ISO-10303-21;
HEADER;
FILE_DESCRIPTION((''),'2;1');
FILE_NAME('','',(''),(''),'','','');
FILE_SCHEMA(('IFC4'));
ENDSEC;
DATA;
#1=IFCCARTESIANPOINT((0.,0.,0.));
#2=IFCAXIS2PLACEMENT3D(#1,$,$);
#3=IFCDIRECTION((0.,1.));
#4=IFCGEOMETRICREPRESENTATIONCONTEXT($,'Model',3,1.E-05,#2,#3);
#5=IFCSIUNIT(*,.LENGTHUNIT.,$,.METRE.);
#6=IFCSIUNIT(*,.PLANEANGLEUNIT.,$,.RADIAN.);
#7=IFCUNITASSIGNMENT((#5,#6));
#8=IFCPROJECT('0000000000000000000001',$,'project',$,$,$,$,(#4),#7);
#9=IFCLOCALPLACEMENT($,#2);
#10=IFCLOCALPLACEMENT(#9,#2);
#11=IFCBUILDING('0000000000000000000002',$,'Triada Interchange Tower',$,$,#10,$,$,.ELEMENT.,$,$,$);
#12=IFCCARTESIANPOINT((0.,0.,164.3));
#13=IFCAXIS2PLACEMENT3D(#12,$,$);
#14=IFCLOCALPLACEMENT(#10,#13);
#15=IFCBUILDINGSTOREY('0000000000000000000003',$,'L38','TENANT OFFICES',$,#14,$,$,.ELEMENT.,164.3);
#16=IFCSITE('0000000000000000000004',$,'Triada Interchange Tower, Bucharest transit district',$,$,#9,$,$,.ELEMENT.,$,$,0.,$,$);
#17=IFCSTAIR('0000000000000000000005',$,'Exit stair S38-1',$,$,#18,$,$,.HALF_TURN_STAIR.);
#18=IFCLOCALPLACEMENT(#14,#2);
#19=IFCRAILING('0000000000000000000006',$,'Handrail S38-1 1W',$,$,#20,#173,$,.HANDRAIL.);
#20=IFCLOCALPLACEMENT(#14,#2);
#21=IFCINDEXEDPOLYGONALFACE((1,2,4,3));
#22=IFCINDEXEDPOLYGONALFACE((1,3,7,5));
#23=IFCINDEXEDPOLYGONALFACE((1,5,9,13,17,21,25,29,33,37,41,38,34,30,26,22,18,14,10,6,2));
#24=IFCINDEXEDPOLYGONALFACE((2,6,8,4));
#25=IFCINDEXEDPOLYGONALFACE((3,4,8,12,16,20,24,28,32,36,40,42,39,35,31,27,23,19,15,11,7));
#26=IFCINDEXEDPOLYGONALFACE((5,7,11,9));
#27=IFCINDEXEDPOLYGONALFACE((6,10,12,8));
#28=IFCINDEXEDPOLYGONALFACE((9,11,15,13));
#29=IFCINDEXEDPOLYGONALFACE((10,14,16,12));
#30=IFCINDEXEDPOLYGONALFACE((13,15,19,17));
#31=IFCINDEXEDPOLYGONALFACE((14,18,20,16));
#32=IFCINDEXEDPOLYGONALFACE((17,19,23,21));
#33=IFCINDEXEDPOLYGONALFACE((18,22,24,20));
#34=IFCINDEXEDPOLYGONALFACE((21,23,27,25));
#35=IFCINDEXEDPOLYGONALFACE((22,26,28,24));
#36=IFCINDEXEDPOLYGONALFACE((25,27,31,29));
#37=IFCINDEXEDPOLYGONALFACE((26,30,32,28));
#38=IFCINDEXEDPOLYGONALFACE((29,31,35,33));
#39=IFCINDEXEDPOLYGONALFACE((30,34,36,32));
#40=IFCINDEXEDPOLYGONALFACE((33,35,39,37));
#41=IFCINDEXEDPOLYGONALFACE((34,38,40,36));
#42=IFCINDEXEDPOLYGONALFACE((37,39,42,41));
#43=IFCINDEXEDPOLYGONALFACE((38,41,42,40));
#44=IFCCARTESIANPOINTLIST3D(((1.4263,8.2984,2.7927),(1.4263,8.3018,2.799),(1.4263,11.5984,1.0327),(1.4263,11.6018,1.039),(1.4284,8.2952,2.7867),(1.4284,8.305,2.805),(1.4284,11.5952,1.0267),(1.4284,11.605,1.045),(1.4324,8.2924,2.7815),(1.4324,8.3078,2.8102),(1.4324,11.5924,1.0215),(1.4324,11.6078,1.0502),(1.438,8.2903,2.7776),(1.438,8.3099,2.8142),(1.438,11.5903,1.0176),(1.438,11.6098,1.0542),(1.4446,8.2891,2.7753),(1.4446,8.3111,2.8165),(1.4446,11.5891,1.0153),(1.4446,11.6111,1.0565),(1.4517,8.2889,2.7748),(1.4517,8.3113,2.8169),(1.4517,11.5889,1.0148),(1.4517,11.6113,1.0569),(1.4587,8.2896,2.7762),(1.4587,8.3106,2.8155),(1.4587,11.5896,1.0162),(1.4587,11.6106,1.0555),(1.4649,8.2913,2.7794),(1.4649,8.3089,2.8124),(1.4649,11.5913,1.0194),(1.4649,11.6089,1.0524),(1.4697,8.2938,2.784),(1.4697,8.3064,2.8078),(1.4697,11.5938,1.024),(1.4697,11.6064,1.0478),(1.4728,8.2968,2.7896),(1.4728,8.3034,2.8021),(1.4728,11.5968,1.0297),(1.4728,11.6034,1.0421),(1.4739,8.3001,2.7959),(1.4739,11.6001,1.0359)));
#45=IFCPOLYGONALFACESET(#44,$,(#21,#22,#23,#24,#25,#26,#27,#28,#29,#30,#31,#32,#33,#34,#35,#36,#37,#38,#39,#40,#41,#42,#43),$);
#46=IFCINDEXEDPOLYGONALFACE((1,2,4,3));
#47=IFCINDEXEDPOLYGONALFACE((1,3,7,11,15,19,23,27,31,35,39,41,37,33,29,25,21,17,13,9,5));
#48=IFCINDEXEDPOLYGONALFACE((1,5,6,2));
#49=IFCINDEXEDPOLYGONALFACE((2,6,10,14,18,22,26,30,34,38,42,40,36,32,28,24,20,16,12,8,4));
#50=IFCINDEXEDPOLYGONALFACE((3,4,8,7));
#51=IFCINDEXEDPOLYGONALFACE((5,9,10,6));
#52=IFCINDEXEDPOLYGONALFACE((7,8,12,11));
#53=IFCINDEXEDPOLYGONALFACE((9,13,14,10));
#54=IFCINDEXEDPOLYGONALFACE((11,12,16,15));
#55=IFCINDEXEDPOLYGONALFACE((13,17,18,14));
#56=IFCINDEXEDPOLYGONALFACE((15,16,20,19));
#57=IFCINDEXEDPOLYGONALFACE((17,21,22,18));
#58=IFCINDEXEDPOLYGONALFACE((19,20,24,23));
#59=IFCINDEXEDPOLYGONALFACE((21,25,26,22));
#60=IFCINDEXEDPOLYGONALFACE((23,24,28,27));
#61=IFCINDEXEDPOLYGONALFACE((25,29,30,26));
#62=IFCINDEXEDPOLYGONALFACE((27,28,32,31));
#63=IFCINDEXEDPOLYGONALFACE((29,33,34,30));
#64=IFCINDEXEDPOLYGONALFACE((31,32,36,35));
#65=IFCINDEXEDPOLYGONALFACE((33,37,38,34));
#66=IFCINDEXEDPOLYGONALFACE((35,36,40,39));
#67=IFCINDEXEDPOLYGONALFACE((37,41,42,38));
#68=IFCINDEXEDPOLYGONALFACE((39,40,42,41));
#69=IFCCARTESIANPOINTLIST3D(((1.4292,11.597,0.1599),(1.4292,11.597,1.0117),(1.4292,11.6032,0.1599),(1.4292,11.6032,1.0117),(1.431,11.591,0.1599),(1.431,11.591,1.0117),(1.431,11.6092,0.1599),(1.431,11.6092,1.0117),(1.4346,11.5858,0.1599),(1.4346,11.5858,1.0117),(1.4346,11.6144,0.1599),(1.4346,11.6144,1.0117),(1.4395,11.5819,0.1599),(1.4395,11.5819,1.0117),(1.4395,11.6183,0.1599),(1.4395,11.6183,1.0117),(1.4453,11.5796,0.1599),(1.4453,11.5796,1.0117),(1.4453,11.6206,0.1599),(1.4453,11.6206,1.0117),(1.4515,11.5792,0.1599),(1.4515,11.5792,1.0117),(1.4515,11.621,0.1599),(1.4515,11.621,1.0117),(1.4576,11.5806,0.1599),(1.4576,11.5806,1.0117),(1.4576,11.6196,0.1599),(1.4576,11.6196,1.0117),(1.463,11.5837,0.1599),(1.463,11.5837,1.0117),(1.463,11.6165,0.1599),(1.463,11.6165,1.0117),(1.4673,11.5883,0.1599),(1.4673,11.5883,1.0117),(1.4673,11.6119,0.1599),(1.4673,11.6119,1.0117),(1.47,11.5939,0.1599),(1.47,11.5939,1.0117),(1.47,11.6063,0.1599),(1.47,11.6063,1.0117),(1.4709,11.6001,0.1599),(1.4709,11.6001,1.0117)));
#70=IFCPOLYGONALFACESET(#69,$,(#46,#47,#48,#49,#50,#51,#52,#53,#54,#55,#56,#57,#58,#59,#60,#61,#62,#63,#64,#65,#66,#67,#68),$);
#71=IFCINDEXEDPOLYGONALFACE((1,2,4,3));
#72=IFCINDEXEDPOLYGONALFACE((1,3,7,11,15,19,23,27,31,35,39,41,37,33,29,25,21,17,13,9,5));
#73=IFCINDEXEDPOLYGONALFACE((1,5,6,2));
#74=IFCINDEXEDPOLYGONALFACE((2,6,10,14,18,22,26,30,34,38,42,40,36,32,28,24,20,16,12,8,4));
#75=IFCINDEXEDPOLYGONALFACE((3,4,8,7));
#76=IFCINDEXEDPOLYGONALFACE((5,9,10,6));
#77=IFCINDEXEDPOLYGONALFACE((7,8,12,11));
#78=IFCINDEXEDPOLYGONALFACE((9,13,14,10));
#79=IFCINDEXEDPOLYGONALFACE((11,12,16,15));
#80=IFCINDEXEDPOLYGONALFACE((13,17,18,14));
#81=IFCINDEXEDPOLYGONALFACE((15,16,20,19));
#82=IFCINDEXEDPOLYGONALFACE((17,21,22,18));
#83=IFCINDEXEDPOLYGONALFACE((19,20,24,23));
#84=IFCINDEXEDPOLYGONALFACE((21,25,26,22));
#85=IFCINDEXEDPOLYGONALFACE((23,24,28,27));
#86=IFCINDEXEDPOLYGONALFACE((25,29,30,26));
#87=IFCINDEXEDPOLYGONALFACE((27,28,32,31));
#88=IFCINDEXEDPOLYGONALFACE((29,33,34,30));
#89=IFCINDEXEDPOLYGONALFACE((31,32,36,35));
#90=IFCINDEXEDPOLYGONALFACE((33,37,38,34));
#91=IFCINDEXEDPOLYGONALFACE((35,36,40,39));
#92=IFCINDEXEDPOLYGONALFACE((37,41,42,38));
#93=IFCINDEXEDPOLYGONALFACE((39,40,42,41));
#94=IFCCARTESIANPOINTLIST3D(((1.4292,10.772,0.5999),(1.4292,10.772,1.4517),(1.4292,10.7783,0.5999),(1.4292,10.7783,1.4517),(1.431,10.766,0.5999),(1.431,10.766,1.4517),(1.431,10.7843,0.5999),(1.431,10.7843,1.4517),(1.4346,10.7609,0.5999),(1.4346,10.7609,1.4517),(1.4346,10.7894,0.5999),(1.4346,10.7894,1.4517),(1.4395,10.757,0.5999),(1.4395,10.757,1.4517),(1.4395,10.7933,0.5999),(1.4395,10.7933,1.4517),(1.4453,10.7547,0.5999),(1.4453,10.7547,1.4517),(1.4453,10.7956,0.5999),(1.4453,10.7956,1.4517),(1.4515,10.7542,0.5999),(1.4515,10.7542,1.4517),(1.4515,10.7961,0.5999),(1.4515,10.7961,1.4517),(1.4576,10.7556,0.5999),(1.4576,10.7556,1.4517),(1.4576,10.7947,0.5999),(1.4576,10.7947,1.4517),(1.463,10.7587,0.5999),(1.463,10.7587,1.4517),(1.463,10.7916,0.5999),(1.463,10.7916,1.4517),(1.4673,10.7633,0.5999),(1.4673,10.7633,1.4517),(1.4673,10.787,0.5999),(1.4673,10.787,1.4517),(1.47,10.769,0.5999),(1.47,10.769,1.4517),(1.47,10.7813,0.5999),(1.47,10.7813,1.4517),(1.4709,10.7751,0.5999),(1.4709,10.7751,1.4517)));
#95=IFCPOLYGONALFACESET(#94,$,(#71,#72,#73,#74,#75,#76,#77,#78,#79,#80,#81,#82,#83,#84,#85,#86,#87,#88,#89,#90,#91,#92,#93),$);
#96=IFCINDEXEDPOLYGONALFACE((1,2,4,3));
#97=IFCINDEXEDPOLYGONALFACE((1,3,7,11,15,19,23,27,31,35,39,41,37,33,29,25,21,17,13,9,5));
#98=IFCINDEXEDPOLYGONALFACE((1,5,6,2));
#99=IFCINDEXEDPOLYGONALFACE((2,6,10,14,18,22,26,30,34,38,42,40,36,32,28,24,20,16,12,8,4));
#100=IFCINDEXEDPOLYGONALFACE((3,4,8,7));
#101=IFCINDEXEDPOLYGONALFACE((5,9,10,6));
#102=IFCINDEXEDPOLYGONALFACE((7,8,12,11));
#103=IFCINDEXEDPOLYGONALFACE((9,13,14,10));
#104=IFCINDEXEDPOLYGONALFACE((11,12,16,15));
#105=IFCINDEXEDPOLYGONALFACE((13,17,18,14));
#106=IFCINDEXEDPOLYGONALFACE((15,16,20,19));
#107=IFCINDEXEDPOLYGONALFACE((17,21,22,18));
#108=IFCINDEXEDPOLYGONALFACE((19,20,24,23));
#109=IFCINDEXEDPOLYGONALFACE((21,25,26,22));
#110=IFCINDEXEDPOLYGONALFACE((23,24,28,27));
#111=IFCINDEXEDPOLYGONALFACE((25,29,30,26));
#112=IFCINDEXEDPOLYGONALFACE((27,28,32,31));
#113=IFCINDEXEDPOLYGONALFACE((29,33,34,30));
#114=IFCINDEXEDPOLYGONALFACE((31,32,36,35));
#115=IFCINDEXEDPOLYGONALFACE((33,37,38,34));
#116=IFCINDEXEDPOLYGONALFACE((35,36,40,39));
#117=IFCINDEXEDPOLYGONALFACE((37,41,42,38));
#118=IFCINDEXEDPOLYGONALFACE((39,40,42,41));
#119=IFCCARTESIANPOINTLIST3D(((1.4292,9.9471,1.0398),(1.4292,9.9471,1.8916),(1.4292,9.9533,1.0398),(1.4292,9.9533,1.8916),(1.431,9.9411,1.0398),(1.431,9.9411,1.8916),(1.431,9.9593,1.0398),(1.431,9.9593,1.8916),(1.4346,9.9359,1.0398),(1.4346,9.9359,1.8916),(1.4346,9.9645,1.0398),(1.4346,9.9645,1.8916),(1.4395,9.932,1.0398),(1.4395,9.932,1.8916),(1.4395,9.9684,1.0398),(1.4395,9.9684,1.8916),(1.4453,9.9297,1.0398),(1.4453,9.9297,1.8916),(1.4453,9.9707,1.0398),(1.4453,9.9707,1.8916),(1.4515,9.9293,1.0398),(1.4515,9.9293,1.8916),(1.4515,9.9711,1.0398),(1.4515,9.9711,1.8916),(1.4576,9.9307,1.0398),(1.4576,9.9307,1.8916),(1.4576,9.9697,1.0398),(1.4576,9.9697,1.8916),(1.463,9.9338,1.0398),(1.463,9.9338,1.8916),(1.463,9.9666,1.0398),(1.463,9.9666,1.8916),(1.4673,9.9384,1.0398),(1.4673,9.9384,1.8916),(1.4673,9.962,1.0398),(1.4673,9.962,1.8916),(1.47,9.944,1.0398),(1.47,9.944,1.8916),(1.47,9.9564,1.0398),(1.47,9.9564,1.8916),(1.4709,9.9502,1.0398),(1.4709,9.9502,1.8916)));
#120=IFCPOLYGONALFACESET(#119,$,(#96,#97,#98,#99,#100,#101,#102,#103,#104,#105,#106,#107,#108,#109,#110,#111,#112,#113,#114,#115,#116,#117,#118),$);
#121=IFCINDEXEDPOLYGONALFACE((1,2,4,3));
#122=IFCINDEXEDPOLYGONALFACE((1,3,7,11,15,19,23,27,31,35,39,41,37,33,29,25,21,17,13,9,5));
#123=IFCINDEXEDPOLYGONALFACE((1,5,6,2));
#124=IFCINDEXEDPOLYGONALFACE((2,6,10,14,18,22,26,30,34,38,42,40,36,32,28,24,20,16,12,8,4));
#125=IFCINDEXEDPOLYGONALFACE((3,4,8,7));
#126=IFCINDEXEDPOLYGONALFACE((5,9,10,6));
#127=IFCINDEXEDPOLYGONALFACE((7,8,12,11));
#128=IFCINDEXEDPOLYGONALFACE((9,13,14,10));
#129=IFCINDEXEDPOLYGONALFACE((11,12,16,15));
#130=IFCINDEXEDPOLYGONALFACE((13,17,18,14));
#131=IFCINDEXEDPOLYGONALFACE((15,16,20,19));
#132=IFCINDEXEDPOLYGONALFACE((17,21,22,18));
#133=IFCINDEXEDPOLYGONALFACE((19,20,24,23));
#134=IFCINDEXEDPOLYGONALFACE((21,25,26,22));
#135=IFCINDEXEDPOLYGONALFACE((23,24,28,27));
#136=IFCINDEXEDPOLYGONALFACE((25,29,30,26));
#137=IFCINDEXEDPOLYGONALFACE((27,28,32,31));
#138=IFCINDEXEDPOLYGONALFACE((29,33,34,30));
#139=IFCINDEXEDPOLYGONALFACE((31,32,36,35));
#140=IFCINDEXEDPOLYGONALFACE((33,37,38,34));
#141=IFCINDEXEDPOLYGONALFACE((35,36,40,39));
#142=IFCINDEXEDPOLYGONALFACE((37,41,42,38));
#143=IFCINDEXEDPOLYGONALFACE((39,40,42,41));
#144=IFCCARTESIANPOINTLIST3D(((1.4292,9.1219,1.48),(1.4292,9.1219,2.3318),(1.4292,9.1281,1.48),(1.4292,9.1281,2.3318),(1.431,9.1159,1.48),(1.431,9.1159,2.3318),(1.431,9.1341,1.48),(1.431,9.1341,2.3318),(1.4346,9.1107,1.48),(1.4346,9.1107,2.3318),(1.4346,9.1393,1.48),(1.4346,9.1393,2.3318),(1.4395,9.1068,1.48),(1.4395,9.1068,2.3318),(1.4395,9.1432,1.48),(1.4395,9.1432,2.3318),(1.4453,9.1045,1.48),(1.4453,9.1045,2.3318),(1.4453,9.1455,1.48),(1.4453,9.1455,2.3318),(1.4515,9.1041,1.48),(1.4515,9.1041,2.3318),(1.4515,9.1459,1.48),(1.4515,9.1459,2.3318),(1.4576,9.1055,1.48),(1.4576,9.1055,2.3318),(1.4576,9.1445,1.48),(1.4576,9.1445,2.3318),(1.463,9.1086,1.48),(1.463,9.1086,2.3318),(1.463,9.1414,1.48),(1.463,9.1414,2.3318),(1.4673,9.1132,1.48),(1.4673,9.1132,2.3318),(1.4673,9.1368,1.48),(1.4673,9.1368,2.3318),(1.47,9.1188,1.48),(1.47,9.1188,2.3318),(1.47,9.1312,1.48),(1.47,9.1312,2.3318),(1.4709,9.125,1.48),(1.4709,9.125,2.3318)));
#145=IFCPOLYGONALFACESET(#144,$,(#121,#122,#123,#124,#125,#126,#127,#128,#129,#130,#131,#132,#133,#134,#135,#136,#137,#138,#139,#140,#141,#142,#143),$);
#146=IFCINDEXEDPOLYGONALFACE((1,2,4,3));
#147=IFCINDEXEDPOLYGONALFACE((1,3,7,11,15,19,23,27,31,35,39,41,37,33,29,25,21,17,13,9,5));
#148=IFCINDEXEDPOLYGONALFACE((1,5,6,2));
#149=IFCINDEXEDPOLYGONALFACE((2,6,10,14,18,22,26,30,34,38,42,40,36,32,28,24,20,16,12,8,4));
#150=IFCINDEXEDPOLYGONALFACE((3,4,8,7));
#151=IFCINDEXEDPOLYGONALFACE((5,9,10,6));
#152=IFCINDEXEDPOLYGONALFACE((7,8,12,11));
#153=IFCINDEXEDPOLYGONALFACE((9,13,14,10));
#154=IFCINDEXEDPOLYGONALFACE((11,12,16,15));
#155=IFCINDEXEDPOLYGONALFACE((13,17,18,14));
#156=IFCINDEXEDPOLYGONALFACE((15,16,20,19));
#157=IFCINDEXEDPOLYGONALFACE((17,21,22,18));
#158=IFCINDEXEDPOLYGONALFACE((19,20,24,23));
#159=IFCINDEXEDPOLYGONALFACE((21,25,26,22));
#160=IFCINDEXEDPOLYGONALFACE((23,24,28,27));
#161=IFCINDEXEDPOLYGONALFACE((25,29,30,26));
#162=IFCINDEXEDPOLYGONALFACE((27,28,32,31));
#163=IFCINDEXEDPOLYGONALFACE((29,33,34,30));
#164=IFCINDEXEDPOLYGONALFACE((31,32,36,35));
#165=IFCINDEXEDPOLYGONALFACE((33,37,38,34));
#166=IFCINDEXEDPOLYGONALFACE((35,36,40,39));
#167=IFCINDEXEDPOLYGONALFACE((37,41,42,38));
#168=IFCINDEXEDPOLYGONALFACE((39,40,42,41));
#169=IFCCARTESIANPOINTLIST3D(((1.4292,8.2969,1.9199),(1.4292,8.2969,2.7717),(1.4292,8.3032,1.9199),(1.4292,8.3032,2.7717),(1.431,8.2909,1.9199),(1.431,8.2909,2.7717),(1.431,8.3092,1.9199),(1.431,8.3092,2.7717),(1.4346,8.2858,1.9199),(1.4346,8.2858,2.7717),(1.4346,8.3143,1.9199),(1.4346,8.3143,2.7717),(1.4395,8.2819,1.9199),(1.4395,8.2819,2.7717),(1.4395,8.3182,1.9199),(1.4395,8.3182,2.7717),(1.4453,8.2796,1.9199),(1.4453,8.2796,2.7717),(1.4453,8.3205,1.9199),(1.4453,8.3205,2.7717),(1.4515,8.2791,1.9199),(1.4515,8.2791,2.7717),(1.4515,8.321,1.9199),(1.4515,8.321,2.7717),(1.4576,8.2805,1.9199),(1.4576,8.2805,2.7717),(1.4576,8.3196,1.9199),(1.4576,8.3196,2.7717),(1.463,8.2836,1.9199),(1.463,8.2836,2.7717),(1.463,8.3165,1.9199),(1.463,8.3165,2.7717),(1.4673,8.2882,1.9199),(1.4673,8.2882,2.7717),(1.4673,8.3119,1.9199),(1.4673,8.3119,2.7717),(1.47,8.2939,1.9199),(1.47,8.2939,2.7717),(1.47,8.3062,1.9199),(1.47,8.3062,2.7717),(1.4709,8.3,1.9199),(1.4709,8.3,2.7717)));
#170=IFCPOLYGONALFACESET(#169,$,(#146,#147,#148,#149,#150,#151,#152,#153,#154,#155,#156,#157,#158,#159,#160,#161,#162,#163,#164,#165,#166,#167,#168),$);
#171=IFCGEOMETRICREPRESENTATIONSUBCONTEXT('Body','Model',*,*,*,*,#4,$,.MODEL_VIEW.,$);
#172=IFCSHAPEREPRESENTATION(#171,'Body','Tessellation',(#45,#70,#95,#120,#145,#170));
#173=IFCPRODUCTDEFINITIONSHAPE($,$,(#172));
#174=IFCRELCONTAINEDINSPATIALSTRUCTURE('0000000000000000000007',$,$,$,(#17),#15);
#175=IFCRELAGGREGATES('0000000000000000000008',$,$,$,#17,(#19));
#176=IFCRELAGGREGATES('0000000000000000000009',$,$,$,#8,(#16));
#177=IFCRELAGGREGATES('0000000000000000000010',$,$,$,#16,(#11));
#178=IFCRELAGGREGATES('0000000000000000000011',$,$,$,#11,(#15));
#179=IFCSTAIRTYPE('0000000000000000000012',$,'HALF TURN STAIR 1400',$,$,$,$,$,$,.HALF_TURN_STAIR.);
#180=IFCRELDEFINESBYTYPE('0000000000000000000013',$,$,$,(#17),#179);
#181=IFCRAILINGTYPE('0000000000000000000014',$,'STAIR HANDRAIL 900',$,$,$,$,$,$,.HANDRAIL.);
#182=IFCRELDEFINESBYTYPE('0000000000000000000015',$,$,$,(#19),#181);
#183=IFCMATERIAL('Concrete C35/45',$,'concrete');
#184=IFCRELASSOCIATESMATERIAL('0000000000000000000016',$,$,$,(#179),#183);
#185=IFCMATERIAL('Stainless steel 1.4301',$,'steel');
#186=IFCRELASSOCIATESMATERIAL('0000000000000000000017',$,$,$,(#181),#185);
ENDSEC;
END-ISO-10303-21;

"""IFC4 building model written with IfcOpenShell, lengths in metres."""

from ifc_helpers import new_model, si_unit, direction, frame, origin, origin_2d, place, context, subcontext, project, spatial, circle, extrude, material, type_object, element, aggregate, save


model = new_model("IFC4")

# Units and contexts
model_context = context("Model", 3, precision=1e-05, world=origin(), true_north=direction((0.0, 1.0)))
body_context = subcontext(model_context, "Body", "Model", "MODEL_VIEW")
ifc_project = project(units=[si_unit("LENGTHUNIT", "METRE"), si_unit("PLANEANGLEUNIT", "RADIAN")], contexts=[model_context])

# Site, building, storey
site_placement = place(None, origin())
site = spatial("IfcSite", under=ifc_project, at=site_placement, Name="Triada Interchange Tower, Bucharest transit district", CompositionType="ELEMENT", RefElevation=0.0)
building_placement = place(site_placement, origin())
building = spatial("IfcBuilding", under=site, at=building_placement, Name="Triada Interchange Tower", CompositionType="ELEMENT")
storey_placement = place(building_placement, frame((0.0, 0.0, 164.3)))
storey = spatial("IfcBuildingStorey", under=building, at=storey_placement, Name="L38", Description="TENANT OFFICES", CompositionType="ELEMENT", Elevation=164.3)

# Stair
ifc_material_1 = material(Name="Concrete C35/45", Category="concrete")
stair_type = type_object("IfcStairType", Name="HALF TURN STAIR 1400", PredefinedType="HALF_TURN_STAIR", material=ifc_material_1)
stair_placement = place(storey_placement, origin())
stair = element("IfcStair", 1, at=stair_placement, inside=storey, type_object=stair_type, Name="Exit stair S38-1", PredefinedType="HALF_TURN_STAIR")

# Railing
ifc_material_2 = material(Name="Stainless steel 1.4301", Category="steel")
railing_type = type_object("IfcRailingType", Name="STAIR HANDRAIL 900", PredefinedType="HANDRAIL", material=ifc_material_2)
railing_1_placement = place(storey_placement, frame((1.45, 11.6001, 0.1599)))
railing_1 = element("IfcRailing", 2, at=railing_1_placement, type_object=railing_type, Name="Handrail S38-1 1W", PredefinedType="HANDRAIL", context=body_context, shape_type="SweptSolid", body=[
    extrude(circle(Radius=0.0239, at=origin_2d()), frame((0.0, 0.0, 0.876), z_axis=(0.0, -0.882355, 0.470585), x_axis=(1.0, 0.0, 0.0)), (0.0, 0.0, 1.0), 3.74),
    extrude(circle(Radius=0.021, at=origin_2d()), origin(), (0.0, 0.0, 1.0), 0.8518),
    extrude(circle(Radius=0.021, at=origin_2d()), frame((0.0, -0.825, 0.4399)), (0.0, 0.0, 1.0), 0.8518),
    extrude(circle(Radius=0.021, at=origin_2d()), frame((0.0, -1.6499, 0.8799)), (0.0, 0.0, 1.0), 0.8518),
    extrude(circle(Radius=0.021, at=origin_2d()), frame((0.0, -2.4751, 1.3201)), (0.0, 0.0, 1.0), 0.8518),
    extrude(circle(Radius=0.021, at=origin_2d()), frame((0.0, -3.3, 1.76)), (0.0, 0.0, 1.0), 0.8518),
])
aggregate(stair, [railing_1])

save(model, "model.ifc")
